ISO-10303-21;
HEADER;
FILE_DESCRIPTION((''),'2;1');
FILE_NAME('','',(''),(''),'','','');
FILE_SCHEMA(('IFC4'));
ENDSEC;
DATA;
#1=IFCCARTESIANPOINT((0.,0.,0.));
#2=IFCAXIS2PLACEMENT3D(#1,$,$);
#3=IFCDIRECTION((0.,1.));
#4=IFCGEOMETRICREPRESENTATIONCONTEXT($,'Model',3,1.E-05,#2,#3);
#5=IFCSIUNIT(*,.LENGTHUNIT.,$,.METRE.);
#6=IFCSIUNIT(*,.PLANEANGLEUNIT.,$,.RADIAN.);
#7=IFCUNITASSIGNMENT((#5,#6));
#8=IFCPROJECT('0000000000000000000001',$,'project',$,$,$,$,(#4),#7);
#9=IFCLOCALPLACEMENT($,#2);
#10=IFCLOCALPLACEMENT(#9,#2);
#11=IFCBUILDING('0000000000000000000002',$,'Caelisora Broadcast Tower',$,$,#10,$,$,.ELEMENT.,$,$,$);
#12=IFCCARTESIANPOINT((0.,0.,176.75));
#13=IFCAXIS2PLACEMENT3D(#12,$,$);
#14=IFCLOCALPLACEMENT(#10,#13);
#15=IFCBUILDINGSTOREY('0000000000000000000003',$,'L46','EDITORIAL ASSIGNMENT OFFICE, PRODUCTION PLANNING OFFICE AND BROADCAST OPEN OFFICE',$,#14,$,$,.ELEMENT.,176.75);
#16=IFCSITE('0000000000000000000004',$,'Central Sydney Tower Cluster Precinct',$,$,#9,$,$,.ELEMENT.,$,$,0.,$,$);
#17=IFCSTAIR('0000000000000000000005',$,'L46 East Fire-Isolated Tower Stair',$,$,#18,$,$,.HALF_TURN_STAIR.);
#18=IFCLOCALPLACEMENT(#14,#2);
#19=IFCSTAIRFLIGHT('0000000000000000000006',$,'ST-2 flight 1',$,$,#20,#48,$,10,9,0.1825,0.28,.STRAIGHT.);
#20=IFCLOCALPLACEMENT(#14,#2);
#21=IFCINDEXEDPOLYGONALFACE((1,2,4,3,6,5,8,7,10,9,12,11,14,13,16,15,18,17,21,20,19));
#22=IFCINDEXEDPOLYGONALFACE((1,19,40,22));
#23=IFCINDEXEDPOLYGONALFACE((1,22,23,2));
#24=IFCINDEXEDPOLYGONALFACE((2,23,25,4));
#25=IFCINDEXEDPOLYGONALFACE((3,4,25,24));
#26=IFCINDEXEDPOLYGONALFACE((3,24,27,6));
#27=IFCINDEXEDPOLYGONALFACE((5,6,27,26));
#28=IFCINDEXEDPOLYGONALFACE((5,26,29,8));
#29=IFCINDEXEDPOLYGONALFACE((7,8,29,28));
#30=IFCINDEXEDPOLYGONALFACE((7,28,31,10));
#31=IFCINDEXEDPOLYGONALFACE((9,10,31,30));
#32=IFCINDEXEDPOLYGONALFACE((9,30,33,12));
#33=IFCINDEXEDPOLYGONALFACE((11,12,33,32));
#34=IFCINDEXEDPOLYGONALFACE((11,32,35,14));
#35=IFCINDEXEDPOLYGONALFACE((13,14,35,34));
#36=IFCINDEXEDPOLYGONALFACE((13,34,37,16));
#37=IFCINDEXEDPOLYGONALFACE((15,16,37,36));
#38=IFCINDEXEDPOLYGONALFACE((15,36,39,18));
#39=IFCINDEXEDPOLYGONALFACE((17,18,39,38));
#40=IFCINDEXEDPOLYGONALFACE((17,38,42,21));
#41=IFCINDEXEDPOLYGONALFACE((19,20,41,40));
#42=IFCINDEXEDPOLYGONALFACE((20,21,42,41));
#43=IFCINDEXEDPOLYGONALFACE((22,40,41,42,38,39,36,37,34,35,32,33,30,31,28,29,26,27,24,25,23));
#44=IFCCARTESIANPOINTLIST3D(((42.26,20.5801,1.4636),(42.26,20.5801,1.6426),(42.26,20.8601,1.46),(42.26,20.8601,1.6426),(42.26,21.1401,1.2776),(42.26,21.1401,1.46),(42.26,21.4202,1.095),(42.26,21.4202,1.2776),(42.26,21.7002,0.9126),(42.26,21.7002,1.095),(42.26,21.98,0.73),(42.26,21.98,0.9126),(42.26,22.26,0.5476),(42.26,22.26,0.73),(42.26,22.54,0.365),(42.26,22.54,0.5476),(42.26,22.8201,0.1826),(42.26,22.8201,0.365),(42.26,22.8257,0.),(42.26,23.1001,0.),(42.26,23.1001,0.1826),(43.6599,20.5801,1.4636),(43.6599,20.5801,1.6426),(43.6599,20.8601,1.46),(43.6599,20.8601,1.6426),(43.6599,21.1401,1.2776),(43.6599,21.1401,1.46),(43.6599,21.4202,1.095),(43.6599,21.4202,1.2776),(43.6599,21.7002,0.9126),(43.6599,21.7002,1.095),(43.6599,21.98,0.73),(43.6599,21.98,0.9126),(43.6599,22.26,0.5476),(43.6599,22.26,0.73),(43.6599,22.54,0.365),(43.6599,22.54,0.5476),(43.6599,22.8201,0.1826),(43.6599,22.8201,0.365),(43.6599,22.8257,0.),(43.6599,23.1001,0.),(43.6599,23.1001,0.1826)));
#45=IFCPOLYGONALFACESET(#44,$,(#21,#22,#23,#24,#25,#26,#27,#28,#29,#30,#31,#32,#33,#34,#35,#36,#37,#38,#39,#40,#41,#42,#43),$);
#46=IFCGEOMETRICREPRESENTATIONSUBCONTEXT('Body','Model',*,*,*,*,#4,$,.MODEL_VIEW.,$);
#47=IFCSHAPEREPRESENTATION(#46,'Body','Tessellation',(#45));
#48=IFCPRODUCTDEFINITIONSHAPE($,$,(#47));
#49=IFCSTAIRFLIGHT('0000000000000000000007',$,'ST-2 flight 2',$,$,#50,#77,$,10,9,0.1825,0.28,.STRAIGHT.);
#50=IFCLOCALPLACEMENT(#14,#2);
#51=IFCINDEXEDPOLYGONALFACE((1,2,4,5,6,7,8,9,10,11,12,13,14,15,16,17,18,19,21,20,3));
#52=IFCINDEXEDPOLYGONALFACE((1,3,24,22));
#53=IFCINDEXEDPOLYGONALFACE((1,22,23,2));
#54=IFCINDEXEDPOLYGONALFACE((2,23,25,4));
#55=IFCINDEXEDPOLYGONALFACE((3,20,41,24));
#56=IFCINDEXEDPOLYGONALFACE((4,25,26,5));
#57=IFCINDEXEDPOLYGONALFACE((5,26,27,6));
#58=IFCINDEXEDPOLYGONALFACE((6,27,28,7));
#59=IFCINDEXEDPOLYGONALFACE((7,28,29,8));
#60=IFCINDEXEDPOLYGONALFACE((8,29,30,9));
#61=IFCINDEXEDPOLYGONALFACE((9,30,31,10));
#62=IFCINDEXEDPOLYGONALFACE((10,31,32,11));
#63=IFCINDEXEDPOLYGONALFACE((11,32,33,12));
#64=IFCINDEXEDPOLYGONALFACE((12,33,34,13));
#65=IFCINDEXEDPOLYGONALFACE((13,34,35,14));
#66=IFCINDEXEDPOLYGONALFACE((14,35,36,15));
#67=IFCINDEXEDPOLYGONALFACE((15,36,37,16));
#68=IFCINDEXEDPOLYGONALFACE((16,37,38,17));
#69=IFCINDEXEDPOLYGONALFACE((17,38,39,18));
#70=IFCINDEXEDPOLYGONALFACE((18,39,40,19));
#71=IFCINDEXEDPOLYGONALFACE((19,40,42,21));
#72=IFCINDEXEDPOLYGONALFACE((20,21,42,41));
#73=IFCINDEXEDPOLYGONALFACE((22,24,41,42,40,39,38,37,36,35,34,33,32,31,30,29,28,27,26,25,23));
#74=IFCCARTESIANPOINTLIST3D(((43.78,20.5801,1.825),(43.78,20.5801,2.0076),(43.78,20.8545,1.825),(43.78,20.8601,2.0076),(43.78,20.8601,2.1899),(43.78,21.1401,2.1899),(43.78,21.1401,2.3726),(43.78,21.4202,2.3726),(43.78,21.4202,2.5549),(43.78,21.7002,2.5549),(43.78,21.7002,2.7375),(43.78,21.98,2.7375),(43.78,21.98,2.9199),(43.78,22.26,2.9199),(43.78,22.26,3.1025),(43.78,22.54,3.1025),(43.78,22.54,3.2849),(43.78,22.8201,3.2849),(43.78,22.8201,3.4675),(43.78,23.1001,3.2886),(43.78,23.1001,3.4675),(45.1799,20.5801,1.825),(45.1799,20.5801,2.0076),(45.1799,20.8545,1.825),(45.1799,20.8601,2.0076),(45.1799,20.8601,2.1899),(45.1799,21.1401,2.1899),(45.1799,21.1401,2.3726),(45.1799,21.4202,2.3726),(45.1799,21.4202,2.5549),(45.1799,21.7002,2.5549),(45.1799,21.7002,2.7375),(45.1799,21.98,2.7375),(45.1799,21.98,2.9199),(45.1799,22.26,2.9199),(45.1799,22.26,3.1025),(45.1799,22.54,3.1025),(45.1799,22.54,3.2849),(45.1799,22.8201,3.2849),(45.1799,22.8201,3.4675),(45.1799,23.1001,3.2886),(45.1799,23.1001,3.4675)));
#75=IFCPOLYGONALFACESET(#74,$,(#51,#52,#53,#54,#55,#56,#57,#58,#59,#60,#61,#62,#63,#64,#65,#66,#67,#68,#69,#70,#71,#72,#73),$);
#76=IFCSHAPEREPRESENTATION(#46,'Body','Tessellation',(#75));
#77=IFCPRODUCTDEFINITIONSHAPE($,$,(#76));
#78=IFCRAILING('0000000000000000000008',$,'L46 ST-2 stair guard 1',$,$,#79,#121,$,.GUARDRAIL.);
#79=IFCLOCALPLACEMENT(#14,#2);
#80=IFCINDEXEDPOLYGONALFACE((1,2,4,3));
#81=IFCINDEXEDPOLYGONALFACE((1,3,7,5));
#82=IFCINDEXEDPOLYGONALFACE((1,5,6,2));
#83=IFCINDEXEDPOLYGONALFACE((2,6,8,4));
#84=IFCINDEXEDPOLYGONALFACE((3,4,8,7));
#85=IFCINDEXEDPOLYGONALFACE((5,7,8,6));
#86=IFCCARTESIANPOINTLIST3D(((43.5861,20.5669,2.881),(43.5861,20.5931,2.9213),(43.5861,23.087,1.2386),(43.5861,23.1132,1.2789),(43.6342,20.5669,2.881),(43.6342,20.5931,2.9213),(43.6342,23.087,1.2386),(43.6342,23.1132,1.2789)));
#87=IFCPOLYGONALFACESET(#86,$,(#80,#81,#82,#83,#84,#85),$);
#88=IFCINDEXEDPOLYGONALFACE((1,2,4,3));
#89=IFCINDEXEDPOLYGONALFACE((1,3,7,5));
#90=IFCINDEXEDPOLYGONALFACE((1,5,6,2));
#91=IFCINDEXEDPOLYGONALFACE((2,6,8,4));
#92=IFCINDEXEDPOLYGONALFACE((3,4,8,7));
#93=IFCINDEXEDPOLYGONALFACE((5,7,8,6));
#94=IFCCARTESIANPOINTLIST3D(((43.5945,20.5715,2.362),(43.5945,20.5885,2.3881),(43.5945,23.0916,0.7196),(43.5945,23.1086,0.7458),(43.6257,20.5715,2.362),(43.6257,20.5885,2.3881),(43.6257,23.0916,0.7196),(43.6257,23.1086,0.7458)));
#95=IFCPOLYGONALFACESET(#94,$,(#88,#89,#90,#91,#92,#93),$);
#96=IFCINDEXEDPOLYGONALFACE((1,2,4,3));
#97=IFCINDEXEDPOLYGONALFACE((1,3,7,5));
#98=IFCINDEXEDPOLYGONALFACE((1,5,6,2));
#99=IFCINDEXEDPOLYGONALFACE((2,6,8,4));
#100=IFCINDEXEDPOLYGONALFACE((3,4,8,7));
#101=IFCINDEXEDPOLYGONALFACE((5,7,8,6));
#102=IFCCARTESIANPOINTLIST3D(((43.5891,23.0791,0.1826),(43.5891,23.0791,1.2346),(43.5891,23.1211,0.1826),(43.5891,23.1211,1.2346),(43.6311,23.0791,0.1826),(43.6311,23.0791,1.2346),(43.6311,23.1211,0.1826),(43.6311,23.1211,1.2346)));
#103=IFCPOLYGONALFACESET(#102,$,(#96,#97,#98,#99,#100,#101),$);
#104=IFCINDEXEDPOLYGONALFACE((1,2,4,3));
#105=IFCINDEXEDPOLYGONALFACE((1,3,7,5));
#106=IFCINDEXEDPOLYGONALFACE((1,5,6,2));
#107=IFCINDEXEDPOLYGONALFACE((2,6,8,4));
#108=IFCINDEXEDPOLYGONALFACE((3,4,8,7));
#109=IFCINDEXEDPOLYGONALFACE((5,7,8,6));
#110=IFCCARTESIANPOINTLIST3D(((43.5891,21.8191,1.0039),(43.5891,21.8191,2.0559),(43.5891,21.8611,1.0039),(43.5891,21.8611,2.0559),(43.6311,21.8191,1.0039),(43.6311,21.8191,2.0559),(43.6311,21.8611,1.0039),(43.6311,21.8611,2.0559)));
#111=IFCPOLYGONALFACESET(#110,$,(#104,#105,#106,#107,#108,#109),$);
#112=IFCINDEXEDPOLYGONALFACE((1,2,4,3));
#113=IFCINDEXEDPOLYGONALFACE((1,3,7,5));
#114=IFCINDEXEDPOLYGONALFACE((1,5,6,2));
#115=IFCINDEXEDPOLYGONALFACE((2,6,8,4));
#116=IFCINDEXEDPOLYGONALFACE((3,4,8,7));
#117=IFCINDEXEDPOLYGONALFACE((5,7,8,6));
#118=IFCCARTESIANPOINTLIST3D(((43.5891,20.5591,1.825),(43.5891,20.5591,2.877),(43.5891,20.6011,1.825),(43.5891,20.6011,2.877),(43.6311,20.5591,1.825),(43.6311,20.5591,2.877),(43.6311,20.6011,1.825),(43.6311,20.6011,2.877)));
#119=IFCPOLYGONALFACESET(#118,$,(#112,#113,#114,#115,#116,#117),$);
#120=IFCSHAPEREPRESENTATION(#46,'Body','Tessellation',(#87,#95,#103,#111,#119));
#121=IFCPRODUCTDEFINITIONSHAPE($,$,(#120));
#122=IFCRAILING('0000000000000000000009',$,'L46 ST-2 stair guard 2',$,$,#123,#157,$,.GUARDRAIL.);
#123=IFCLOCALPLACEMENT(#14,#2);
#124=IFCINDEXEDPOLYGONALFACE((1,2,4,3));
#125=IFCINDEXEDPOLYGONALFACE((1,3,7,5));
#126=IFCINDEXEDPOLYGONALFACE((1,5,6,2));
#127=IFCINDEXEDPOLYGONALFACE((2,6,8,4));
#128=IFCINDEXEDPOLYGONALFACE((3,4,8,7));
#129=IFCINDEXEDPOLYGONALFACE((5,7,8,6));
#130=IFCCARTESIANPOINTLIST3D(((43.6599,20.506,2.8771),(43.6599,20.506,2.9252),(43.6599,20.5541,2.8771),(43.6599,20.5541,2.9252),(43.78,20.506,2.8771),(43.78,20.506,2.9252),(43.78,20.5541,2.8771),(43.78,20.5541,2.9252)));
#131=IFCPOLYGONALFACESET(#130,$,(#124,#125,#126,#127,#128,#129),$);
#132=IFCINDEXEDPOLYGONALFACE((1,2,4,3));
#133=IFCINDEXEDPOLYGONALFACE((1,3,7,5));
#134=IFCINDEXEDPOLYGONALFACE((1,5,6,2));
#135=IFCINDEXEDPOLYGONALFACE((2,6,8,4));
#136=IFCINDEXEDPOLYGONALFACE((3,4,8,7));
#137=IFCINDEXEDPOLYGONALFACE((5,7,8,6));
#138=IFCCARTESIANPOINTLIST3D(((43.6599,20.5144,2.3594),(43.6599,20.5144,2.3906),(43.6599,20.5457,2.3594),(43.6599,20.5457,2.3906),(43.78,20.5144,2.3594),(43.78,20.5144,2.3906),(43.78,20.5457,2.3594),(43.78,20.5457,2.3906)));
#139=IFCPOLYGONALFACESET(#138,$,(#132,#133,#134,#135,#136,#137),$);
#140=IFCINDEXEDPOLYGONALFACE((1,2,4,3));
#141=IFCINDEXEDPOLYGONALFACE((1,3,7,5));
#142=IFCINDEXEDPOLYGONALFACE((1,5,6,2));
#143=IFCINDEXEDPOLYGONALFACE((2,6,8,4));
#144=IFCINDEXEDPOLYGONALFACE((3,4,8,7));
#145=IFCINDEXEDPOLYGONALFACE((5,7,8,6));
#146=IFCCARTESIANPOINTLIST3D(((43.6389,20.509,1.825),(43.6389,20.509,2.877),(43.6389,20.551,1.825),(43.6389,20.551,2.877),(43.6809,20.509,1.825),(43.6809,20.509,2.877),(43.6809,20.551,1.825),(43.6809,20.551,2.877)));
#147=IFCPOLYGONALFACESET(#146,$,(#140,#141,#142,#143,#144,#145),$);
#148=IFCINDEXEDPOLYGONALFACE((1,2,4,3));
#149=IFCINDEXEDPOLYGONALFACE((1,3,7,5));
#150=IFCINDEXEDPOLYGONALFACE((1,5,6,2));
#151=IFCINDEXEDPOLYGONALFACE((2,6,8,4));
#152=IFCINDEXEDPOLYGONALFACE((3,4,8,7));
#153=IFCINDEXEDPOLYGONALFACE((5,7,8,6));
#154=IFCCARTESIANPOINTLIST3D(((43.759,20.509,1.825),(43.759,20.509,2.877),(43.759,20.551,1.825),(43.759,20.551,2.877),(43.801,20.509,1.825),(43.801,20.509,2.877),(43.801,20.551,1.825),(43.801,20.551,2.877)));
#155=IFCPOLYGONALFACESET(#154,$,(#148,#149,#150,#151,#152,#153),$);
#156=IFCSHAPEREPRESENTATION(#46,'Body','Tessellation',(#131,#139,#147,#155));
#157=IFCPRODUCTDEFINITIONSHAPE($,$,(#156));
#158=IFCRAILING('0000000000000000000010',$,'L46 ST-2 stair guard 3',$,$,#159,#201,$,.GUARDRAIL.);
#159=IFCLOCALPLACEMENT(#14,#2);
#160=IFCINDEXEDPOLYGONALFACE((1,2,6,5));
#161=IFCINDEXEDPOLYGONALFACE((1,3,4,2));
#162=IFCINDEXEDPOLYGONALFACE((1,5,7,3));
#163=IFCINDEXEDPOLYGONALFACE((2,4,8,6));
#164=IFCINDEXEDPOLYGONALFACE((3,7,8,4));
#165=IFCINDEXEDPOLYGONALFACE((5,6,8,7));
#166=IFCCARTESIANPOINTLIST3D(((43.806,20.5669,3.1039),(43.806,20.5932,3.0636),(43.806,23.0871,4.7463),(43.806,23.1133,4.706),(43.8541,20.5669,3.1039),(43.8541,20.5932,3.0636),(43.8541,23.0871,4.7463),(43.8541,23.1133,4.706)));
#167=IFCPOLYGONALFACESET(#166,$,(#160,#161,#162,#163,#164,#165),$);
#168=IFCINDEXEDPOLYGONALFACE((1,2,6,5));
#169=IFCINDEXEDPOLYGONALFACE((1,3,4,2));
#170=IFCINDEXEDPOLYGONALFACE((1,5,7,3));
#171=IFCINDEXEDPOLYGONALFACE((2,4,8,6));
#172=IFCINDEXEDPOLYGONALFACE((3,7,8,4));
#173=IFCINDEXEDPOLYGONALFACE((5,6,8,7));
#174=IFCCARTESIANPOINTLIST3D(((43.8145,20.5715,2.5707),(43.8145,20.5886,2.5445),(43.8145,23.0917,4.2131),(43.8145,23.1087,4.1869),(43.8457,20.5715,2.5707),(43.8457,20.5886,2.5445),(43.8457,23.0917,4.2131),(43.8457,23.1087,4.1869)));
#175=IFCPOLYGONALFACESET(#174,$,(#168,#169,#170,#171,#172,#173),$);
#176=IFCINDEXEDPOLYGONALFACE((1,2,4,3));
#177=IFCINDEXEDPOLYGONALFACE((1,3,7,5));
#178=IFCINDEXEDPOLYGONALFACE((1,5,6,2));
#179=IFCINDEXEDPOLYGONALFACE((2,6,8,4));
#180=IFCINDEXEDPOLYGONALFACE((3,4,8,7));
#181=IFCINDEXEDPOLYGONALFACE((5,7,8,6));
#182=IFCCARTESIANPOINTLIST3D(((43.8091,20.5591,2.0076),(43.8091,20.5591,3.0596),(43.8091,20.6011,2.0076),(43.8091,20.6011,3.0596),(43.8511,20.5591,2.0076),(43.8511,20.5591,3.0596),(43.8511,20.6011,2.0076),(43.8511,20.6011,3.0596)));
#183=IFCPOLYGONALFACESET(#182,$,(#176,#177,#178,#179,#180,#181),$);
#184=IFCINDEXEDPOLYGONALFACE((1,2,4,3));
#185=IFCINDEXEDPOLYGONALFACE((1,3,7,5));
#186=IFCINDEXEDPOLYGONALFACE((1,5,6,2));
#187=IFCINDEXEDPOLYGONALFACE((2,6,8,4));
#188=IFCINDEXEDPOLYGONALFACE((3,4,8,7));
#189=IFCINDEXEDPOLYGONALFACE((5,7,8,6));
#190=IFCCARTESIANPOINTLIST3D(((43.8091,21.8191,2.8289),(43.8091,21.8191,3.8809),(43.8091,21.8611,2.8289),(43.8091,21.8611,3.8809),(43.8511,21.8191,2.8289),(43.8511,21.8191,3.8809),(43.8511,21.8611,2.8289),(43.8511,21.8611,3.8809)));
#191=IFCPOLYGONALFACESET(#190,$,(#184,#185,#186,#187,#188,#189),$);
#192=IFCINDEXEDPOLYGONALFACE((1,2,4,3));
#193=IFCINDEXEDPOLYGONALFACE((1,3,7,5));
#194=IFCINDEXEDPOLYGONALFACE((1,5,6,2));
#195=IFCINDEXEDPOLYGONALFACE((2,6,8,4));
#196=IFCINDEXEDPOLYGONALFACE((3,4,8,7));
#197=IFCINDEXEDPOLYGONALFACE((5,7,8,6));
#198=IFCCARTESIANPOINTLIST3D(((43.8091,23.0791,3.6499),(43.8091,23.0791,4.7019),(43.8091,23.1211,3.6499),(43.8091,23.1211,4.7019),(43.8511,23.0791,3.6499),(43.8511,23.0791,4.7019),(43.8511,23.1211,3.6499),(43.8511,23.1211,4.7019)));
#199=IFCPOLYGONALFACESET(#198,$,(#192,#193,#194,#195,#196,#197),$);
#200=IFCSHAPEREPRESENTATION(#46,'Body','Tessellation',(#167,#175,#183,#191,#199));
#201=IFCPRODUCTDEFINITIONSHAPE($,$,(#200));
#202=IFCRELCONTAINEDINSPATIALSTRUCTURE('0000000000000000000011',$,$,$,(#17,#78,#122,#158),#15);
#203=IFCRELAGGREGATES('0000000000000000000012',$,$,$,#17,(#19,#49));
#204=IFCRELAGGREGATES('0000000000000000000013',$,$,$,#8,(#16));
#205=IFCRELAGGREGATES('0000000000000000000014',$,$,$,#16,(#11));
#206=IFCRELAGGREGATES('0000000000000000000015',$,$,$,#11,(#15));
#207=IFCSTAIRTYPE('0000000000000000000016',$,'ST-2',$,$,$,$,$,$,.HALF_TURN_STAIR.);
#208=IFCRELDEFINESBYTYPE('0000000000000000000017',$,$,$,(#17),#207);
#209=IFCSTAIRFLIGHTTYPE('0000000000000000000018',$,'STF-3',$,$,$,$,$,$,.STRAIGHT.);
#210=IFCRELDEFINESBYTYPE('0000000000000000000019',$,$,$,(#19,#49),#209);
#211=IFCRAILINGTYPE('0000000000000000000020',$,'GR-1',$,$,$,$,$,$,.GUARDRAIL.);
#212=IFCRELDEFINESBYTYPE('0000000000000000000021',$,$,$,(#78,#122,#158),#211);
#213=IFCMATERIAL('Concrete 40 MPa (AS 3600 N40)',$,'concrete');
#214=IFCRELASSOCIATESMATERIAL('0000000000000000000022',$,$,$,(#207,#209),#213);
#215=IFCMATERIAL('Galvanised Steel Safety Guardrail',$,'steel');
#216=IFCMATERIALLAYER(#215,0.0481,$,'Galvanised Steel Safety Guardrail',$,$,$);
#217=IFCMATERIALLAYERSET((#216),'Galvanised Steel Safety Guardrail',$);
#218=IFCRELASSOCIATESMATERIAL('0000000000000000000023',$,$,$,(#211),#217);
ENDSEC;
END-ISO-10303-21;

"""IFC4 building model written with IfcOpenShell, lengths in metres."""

from ifc_helpers import new_model, si_unit, direction, frame, origin, origin_2d, place, context, subcontext, project, spatial, polyline, rectangle, outline, extrude, material, layer, layer_set, type_object, element, aggregate, save


model = new_model("IFC4")

# Units and contexts
model_context = context("Model", 3, precision=1e-05, world=origin(), true_north=direction((0.0, 1.0)))
body_context = subcontext(model_context, "Body", "Model", "MODEL_VIEW")
ifc_project = project(units=[si_unit("LENGTHUNIT", "METRE"), si_unit("PLANEANGLEUNIT", "RADIAN")], contexts=[model_context])

# Site, building, storey
site_placement = place(None, origin())
site = spatial("IfcSite", under=ifc_project, at=site_placement, Name="Central Sydney Tower Cluster Precinct", CompositionType="ELEMENT", RefElevation=0.0)
building_placement = place(site_placement, origin())
building = spatial("IfcBuilding", under=site, at=building_placement, Name="Caelisora Broadcast Tower", CompositionType="ELEMENT")
storey_placement = place(building_placement, frame((0.0, 0.0, 176.75)))
storey = spatial("IfcBuildingStorey", under=building, at=storey_placement, Name="L46", Description="EDITORIAL ASSIGNMENT OFFICE, PRODUCTION PLANNING OFFICE AND BROADCAST OPEN OFFICE", CompositionType="ELEMENT", Elevation=176.75)

# Stair, stair flights
ifc_material_1 = material(Name="Concrete 40 MPa (AS 3600 N40)", Category="concrete")
stair_type = type_object("IfcStairType", Name="ST-2", PredefinedType="HALF_TURN_STAIR", material=ifc_material_1)
stair_placement = place(storey_placement, origin())
stair = element("IfcStair", 1, at=stair_placement, inside=storey, type_object=stair_type, Name="L46 East Fire-Isolated Tower Stair", PredefinedType="HALF_TURN_STAIR")
stair_flight_type = type_object("IfcStairFlightType", Name="STF-3", PredefinedType="STRAIGHT", material=ifc_material_1)
stair_flight_1_placement = place(storey_placement, frame((42.96, 23.1001, 0.0), z_axis=(0.0, 0.0, 1.0), x_axis=(0.0, -1.0, 0.0)))
stair_flight_1 = element("IfcStairFlight", 2, at=stair_flight_1_placement, type_object=stair_flight_type, Name="ST-2 flight 1", NumberOfRisers=10, NumberOfTreads=9, PredefinedType="STRAIGHT", RiserHeight=0.1825, TreadLength=0.28, context=body_context, shape_type="SweptSolid", body=[
    extrude(outline(polyline([(0.0, 0.0), (0.0, 0.1826), (0.28, 0.1826), (0.28, 0.365), (0.5601, 0.365), (0.5601, 0.5476), (0.8401, 0.5476), (0.8401, 0.73), (1.1201, 0.73), (1.1201, 0.9126), (1.3999, 0.9126), (1.3999, 1.095), (1.6799, 1.095), (1.6799, 1.2776), (1.96, 1.2776), (1.96, 1.46), (2.24, 1.46), (2.24, 1.6426), (2.52, 1.6426), (2.52, 1.825), (2.52, 1.4636), (0.2744, 0.0), (0.0, 0.0)])), frame((0.0, 0.7, 0.0), z_axis=(0.0, -1.0, 0.0), x_axis=(1.0, 0.0, 0.0)), (0.0, 0.0, 1.0), 1.3999),
])
stair_flight_2_placement = place(storey_placement, frame((44.48, 20.5801, 1.825), z_axis=(0.0, 0.0, 1.0), x_axis=(0.0, 1.0, 0.0)))
stair_flight_2 = element("IfcStairFlight", 3, at=stair_flight_2_placement, type_object=stair_flight_type, Name="ST-2 flight 2", NumberOfRisers=10, NumberOfTreads=9, PredefinedType="STRAIGHT", RiserHeight=0.1825, TreadLength=0.28, context=body_context, shape_type="SweptSolid", body=[
    extrude(outline(polyline([(0.0, 0.0), (0.0, 0.1826), (0.28, 0.1826), (0.28, 0.365), (0.5601, 0.365), (0.5601, 0.5476), (0.8401, 0.5476), (0.8401, 0.73), (1.1201, 0.73), (1.1201, 0.9126), (1.3999, 0.9126), (1.3999, 1.095), (1.6799, 1.095), (1.6799, 1.2776), (1.96, 1.2776), (1.96, 1.46), (2.24, 1.46), (2.24, 1.6426), (2.52, 1.6426), (2.52, 1.825), (2.52, 1.4636), (0.2744, 0.0), (0.0, 0.0)])), frame((0.0, 0.7, 0.0), z_axis=(0.0, -1.0, 0.0), x_axis=(1.0, 0.0, 0.0)), (0.0, 0.0, 1.0), 1.3999),
])
aggregate(stair, [stair_flight_1, stair_flight_2])

# Railings
ifc_material_2 = material(Name="Galvanised Steel Safety Guardrail", Category="steel")
ifc_layer_1 = layer(ifc_material_2, 0.0481, Name="Galvanised Steel Safety Guardrail")
ifc_layer_set_1 = layer_set([ifc_layer_1], Name="Galvanised Steel Safety Guardrail")
railing_type_1 = type_object("IfcRailingType", Name="GR-1", PredefinedType="GUARDRAIL", material=ifc_layer_set_1)
railing_1_placement = place(storey_placement, frame((43.6101, 23.1001, 0.1826)))
element("IfcRailing", 4, at=railing_1_placement, inside=storey, type_object=railing_type_1, Name="L46 ST-2 stair guard 1", PredefinedType="GUARDRAIL", context=body_context, shape_type="SweptSolid", body=[
    extrude(rectangle(XDim=0.0481, YDim=0.0481, at=origin_2d()), frame((0.0, 0.0, 1.0762), z_axis=(0.0, -0.837787, 0.545998), x_axis=(1.0, 0.0, 0.0)), (0.0, 0.0, 1.0), 3.0081),
    extrude(rectangle(XDim=0.0312, YDim=0.0312, at=origin_2d()), frame((0.0, 0.0, 0.55), z_axis=(0.0, -0.837787, 0.545998), x_axis=(1.0, 0.0, 0.0)), (0.0, 0.0, 1.0), 3.0081),
    extrude(rectangle(XDim=0.042, YDim=0.042, at=origin_2d()), origin(), (0.0, 0.0, 1.0), 1.052),
    extrude(rectangle(XDim=0.042, YDim=0.042, at=origin_2d()), frame((0.0, -1.26, 0.8213)), (0.0, 0.0, 1.0), 1.052),
    extrude(rectangle(XDim=0.042, YDim=0.042, at=origin_2d()), frame((0.0, -2.52, 1.6423)), (0.0, 0.0, 1.0), 1.052),
])
railing_2_placement = place(storey_placement, frame((43.6599, 20.53, 1.825)))
element("IfcRailing", 5, at=railing_2_placement, inside=storey, type_object=railing_type_1, Name="L46 ST-2 stair guard 2", PredefinedType="GUARDRAIL", context=body_context, shape_type="SweptSolid", body=[
    extrude(rectangle(XDim=0.0481, YDim=0.0481, at=origin_2d()), frame((0.0, 0.0, 1.0762), z_axis=(1.0, 0.0, 0.0), x_axis=(0.0, 1.0, 0.0)), (0.0, 0.0, 1.0), 0.1201),
    extrude(rectangle(XDim=0.0312, YDim=0.0312, at=origin_2d()), frame((0.0, 0.0, 0.55), z_axis=(1.0, 0.0, 0.0), x_axis=(0.0, 1.0, 0.0)), (0.0, 0.0, 1.0), 0.1201),
    extrude(rectangle(XDim=0.042, YDim=0.042, at=origin_2d()), origin(), (0.0, 0.0, 1.0), 1.052),
    extrude(rectangle(XDim=0.042, YDim=0.042, at=origin_2d()), frame((0.1201, 0.0, 0.0)), (0.0, 0.0, 1.0), 1.052),
])
railing_3_placement = place(storey_placement, frame((43.8301, 20.5801, 2.0076)))
element("IfcRailing", 6, at=railing_3_placement, inside=storey, type_object=railing_type_1, Name="L46 ST-2 stair guard 3", PredefinedType="GUARDRAIL", context=body_context, shape_type="SweptSolid", body=[
    extrude(rectangle(XDim=0.0481, YDim=0.0481, at=origin_2d()), frame((0.0, 0.0, 1.0762), z_axis=(0.0, 0.837787, 0.545998), x_axis=(-1.0, 0.0, 0.0)), (0.0, 0.0, 1.0), 3.0081),
    extrude(rectangle(XDim=0.0312, YDim=0.0312, at=origin_2d()), frame((0.0, 0.0, 0.55), z_axis=(0.0, 0.837787, 0.545998), x_axis=(-1.0, 0.0, 0.0)), (0.0, 0.0, 1.0), 3.0081),
    extrude(rectangle(XDim=0.042, YDim=0.042, at=origin_2d()), origin(), (0.0, 0.0, 1.0), 1.052),
    extrude(rectangle(XDim=0.042, YDim=0.042, at=origin_2d()), frame((0.0, 1.26, 0.8213)), (0.0, 0.0, 1.0), 1.052),
    extrude(rectangle(XDim=0.042, YDim=0.042, at=origin_2d()), frame((0.0, 2.52, 1.6423)), (0.0, 0.0, 1.0), 1.052),
])

save(model, "model.ifc")
